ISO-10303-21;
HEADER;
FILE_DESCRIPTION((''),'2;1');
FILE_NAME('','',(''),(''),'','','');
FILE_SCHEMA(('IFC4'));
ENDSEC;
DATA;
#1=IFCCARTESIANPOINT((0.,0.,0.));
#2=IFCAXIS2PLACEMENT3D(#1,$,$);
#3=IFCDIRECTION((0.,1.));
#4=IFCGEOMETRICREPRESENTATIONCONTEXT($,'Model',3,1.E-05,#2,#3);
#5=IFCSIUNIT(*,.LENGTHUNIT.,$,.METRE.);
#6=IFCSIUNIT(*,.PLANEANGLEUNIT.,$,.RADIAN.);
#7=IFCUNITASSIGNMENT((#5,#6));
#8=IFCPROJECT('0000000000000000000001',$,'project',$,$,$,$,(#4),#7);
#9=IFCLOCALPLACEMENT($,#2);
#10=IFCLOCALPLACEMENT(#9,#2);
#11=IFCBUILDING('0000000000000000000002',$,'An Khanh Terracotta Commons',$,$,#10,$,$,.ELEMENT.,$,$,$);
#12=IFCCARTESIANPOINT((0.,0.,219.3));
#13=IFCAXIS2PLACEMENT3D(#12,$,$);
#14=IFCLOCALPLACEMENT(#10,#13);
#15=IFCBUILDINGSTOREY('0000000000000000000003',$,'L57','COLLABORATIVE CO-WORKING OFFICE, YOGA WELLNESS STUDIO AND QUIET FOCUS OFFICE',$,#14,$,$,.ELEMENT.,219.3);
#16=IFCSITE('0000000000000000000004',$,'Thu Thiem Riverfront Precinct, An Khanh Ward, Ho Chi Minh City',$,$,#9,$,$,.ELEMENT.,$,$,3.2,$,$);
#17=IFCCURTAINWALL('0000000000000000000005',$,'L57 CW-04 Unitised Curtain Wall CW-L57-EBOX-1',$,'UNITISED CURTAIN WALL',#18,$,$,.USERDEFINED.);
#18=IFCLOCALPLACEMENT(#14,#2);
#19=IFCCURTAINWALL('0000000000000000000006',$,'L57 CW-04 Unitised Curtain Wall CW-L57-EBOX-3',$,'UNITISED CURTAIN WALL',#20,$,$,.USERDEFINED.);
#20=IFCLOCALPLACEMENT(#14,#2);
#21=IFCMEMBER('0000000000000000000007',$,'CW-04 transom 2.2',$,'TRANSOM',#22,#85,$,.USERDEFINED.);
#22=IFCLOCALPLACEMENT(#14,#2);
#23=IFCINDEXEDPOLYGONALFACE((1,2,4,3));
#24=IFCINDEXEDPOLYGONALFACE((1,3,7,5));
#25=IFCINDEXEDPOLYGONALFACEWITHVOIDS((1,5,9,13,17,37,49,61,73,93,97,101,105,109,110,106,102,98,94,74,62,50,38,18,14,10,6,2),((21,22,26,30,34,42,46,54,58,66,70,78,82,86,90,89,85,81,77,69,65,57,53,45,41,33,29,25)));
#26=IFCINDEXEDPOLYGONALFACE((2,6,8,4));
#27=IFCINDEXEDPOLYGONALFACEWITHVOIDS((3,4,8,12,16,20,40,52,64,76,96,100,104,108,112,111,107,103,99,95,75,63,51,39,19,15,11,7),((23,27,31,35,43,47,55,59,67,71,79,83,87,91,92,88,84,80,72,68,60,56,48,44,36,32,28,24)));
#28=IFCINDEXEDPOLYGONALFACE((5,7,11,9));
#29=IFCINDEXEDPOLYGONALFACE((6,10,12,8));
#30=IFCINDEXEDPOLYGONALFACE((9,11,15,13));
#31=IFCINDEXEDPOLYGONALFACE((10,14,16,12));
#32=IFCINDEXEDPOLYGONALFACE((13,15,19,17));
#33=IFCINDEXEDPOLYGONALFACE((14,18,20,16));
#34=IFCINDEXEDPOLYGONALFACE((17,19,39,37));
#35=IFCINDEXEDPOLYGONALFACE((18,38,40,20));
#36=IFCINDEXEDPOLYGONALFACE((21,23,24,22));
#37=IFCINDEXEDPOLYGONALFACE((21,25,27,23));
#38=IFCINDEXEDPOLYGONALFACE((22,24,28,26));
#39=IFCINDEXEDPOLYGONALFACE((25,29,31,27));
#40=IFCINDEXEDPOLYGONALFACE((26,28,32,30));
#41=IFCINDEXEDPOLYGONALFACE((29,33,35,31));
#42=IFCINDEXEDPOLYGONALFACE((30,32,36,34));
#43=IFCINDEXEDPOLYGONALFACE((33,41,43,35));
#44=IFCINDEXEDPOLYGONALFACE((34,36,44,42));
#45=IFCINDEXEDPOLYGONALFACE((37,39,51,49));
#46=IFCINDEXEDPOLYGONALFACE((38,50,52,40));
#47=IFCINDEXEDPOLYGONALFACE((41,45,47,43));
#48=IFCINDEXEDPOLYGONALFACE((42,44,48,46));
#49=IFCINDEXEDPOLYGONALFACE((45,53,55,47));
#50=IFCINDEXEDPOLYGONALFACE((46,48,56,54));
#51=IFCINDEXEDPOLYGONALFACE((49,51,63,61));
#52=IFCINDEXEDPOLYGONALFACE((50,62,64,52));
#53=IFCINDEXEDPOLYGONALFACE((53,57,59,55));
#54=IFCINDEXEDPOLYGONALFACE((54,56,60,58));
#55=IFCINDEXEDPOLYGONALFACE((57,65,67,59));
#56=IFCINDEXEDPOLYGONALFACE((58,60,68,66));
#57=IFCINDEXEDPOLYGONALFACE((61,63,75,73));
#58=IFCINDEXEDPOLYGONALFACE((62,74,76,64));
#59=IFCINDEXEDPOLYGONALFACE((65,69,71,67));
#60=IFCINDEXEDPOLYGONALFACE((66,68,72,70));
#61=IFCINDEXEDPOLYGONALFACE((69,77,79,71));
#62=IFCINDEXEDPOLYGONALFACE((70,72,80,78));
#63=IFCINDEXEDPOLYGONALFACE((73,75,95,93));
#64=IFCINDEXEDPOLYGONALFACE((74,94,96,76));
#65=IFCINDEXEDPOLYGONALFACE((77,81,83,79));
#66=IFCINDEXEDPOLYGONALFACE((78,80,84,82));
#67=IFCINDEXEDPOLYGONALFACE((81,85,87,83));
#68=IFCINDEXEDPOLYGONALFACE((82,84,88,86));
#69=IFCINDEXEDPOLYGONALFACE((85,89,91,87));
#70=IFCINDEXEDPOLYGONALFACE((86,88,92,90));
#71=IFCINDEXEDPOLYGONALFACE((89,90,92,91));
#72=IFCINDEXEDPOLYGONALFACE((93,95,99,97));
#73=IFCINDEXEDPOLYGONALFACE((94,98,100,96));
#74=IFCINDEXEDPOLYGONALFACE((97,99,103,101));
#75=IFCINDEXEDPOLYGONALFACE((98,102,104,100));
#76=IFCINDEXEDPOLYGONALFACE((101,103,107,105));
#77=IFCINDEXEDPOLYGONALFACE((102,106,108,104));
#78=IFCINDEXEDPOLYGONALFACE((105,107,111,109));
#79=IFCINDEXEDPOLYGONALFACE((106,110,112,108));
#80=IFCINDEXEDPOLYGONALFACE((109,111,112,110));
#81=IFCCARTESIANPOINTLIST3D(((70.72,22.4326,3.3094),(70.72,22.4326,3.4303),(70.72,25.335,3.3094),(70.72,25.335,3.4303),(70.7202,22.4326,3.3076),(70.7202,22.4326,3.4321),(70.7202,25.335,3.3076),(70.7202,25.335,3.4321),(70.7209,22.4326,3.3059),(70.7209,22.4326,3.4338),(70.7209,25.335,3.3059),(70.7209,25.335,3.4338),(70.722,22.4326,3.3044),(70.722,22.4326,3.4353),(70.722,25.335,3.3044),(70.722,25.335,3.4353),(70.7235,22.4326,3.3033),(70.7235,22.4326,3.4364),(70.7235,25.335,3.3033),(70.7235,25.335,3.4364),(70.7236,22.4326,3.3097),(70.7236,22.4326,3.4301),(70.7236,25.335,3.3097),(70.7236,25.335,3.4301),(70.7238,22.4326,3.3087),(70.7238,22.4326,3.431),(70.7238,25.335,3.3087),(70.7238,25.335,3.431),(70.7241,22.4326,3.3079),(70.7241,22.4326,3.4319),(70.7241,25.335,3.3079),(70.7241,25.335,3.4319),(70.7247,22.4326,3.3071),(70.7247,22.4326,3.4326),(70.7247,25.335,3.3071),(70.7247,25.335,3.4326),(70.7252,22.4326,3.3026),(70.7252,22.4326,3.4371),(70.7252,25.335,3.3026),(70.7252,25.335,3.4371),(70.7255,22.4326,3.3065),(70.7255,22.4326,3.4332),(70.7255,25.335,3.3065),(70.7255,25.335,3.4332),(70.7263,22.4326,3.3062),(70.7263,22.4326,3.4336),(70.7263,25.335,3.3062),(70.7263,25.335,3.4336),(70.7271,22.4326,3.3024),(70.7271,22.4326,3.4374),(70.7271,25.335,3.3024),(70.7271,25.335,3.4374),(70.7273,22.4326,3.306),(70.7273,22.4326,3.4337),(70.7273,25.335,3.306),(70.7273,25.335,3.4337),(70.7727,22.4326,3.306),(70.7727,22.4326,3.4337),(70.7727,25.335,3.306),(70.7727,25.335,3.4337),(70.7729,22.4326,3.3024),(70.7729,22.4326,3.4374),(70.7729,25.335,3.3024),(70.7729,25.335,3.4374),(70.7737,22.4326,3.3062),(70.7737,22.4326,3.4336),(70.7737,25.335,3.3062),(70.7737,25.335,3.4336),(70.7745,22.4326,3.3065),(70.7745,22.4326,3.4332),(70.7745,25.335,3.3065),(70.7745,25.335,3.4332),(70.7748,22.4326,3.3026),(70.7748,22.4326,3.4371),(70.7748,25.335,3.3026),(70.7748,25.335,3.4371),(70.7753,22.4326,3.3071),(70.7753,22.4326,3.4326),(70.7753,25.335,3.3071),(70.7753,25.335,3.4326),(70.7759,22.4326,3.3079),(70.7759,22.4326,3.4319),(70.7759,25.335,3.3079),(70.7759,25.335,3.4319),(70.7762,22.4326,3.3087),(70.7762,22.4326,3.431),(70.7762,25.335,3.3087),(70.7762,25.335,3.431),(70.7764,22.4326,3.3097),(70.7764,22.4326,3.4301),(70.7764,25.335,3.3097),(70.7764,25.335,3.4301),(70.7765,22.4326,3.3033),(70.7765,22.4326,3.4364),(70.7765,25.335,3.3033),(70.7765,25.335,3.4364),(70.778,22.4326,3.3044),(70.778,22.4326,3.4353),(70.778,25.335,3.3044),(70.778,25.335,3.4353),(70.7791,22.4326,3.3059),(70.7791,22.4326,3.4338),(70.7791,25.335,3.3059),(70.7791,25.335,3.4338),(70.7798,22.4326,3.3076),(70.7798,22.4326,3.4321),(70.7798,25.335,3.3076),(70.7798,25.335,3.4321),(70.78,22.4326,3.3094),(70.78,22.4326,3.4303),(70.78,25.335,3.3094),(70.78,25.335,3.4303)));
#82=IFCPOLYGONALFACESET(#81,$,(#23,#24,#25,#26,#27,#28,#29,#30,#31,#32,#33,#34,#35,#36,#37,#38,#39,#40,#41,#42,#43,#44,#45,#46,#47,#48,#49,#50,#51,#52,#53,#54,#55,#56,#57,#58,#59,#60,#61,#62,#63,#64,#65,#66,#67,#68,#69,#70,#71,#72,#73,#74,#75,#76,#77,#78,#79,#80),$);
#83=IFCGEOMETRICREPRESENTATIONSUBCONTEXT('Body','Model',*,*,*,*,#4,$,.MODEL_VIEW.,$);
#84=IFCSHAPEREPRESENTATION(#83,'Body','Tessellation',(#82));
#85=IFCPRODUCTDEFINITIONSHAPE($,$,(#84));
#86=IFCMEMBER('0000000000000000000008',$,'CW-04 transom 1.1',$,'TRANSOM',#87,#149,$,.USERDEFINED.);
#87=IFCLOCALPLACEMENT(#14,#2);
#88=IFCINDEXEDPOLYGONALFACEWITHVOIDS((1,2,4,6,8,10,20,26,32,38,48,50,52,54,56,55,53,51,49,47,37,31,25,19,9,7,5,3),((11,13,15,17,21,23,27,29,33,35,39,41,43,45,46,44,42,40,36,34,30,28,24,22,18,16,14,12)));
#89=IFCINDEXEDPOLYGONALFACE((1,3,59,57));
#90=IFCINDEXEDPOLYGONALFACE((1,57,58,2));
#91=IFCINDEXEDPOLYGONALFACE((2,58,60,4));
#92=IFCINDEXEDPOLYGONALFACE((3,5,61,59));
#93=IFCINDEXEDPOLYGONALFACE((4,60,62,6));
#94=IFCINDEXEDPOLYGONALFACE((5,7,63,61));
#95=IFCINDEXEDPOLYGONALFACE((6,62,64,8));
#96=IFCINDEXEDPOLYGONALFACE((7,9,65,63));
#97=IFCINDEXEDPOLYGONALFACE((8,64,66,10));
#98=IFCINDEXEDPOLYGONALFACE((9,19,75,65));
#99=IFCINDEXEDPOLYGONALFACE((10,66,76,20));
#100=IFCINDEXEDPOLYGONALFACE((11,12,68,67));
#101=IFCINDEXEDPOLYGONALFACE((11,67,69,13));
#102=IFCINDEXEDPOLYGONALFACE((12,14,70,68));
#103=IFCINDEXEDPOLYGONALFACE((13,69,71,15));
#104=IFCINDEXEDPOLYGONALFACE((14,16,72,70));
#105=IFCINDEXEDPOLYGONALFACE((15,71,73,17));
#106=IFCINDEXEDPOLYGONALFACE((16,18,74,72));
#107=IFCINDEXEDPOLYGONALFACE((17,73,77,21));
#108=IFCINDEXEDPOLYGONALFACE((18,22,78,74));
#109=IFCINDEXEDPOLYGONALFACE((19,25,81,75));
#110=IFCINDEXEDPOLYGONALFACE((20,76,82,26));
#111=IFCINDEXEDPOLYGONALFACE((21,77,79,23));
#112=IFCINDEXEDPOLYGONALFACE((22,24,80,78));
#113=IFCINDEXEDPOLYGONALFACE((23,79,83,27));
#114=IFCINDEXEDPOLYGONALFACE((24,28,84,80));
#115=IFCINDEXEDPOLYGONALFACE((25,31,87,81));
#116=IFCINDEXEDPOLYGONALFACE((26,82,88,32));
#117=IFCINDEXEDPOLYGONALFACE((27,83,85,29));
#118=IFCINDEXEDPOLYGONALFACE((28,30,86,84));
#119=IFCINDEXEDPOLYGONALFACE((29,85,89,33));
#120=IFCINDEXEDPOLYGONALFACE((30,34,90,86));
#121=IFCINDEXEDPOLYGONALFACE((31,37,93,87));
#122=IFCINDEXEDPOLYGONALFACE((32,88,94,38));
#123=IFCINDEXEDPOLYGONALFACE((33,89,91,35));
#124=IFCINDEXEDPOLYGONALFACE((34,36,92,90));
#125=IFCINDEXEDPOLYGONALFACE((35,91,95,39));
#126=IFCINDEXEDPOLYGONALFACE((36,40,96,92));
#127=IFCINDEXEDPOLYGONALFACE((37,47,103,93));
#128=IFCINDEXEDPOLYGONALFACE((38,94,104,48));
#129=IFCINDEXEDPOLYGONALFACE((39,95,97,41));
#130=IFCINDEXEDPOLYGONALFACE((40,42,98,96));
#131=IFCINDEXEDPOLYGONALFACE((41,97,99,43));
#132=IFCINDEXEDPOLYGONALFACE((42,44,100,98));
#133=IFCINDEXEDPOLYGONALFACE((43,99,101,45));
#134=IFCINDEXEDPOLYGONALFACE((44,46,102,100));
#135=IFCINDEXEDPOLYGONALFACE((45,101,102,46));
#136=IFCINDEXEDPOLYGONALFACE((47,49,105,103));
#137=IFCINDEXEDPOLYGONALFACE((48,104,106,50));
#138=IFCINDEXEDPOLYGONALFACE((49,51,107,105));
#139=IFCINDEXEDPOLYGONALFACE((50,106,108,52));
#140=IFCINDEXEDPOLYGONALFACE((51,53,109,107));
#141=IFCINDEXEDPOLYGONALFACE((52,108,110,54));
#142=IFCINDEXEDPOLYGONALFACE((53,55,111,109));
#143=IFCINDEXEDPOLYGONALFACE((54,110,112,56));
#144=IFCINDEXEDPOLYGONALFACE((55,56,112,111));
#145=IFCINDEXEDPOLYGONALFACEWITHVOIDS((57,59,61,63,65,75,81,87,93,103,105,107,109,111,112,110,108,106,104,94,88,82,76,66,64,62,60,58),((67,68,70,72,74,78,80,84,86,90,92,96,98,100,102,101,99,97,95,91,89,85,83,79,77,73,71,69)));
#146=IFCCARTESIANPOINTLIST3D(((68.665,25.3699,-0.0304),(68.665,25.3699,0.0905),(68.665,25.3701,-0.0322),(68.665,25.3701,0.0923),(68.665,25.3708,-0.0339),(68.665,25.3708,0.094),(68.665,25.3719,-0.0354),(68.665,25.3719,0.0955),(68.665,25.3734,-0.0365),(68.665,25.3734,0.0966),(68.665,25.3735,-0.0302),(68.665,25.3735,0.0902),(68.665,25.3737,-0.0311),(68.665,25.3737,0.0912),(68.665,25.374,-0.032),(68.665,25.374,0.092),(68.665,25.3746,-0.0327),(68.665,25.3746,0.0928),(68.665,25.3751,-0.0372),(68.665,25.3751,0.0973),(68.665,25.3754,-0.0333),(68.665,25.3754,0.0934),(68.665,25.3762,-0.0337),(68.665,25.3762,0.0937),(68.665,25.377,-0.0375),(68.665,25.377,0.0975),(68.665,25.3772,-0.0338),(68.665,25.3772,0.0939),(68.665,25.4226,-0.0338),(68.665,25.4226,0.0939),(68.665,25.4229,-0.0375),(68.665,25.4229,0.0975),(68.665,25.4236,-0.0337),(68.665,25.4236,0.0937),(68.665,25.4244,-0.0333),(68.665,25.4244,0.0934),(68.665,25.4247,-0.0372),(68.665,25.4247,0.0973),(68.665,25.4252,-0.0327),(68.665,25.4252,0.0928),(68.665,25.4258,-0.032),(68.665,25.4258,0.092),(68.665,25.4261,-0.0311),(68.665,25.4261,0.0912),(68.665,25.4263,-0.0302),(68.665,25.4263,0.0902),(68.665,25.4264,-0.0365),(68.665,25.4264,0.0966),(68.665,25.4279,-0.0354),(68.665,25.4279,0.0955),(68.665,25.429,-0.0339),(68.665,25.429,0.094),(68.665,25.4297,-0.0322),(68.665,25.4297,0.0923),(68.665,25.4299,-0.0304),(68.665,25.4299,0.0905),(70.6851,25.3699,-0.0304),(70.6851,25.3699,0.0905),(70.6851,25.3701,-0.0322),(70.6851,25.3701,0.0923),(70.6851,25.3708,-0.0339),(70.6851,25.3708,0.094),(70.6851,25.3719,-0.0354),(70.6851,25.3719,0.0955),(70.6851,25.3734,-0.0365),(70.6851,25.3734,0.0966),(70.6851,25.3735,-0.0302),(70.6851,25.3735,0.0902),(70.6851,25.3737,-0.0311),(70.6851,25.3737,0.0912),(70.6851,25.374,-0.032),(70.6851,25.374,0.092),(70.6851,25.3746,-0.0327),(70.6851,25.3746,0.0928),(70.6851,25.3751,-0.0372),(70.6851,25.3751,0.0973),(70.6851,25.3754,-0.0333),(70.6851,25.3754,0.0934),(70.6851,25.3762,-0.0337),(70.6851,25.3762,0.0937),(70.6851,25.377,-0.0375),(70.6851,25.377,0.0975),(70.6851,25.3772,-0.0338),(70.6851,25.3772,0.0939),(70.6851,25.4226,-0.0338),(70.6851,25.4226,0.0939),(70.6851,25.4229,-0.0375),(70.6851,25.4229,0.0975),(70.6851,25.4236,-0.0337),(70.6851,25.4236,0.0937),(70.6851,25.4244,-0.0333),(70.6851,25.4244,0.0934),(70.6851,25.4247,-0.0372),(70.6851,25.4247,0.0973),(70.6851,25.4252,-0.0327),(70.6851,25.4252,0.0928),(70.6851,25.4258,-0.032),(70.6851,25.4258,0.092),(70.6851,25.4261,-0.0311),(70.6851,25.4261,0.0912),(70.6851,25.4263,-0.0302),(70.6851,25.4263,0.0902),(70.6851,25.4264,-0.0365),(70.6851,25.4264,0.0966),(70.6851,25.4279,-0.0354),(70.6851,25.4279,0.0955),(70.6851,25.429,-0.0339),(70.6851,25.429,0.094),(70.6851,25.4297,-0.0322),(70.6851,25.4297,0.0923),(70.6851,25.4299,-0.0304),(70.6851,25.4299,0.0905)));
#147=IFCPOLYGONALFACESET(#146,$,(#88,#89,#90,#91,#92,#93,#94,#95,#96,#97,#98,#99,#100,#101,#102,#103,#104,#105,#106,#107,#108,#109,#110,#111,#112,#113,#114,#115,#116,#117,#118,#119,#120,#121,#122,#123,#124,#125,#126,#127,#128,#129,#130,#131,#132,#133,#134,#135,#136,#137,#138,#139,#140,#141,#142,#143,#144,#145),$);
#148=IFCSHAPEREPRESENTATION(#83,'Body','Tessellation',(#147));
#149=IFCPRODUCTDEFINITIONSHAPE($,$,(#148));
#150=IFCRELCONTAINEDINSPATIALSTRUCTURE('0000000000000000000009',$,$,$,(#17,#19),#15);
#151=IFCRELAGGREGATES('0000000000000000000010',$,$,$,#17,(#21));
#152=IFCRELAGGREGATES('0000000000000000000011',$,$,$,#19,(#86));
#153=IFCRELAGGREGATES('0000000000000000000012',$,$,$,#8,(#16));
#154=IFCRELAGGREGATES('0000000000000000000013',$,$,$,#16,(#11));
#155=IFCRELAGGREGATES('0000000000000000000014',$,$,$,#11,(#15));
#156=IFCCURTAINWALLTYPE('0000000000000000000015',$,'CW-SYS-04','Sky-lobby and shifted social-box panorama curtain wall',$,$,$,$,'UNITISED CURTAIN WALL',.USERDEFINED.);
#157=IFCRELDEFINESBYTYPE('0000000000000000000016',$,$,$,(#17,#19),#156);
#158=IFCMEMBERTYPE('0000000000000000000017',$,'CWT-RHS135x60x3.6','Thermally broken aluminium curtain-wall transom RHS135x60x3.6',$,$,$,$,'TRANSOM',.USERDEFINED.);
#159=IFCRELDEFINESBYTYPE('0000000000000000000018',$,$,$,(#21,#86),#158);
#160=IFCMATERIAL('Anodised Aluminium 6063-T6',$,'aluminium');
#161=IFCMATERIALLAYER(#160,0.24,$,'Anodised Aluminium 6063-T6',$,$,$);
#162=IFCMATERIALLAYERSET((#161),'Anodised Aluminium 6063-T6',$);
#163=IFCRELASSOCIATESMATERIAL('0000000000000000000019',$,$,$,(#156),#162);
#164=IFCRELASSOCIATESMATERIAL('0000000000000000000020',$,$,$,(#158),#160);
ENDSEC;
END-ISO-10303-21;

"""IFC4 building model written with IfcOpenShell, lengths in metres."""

from ifc_helpers import new_model, si_unit, direction, frame, origin, origin_2d, place, context, subcontext, project, spatial, hollow_rectangle, extrude, material, layer, layer_set, material_profile, profile_set, type_object, element, aggregate, save


model = new_model("IFC4")

# Units and contexts
model_context = context("Model", 3, precision=1e-05, world=origin(), true_north=direction((0.0, 1.0)))
body_context = subcontext(model_context, "Body", "Model", "MODEL_VIEW")
ifc_project = project(units=[si_unit("LENGTHUNIT", "METRE"), si_unit("PLANEANGLEUNIT", "RADIAN")], contexts=[model_context])

# Site, building, storey
site_placement = place(None, origin())
site = spatial("IfcSite", under=ifc_project, at=site_placement, Name="Thu Thiem Riverfront Precinct, An Khanh Ward, Ho Chi Minh City", CompositionType="ELEMENT", RefElevation=3.2)
building_placement = place(site_placement, origin())
building = spatial("IfcBuilding", under=site, at=building_placement, Name="An Khanh Terracotta Commons", CompositionType="ELEMENT")
storey_placement = place(building_placement, frame((0.0, 0.0, 219.3)))
storey = spatial("IfcBuildingStorey", under=building, at=storey_placement, Name="L57", Description="COLLABORATIVE CO-WORKING OFFICE, YOGA WELLNESS STUDIO AND QUIET FOCUS OFFICE", CompositionType="ELEMENT", Elevation=219.3)

# Curtain wall
ifc_material_1 = material(Name="Anodised Aluminium 6063-T6", Category="aluminium")
ifc_layer_1 = layer(ifc_material_1, 0.24, Name="Anodised Aluminium 6063-T6")
ifc_layer_set_1 = layer_set([ifc_layer_1], Name="Anodised Aluminium 6063-T6")
curtain_wall_type_1 = type_object("IfcCurtainWallType", Name="CW-SYS-04", Description="Sky-lobby and shifted social-box panorama curtain wall", ElementType="UNITISED CURTAIN WALL", PredefinedType="USERDEFINED", material=ifc_layer_set_1)
curtain_wall_1_placement = place(storey_placement, origin())
curtain_wall_1 = element("IfcCurtainWall", 1, at=curtain_wall_1_placement, inside=storey, type_object=curtain_wall_type_1, Name="L57 CW-04 Unitised Curtain Wall CW-L57-EBOX-1", ObjectType="UNITISED CURTAIN WALL", PredefinedType="USERDEFINED")

# Curtain wall
curtain_wall_2_placement = place(storey_placement, origin())
curtain_wall_2 = element("IfcCurtainWall", 2, at=curtain_wall_2_placement, inside=storey, type_object=curtain_wall_type_1, Name="L57 CW-04 Unitised Curtain Wall CW-L57-EBOX-3", ObjectType="UNITISED CURTAIN WALL", PredefinedType="USERDEFINED")

# Members
ifc_material_profile_1 = material_profile(ifc_material_1, hollow_rectangle(XDim=0.0601, YDim=0.135, WallThickness=0.0037, InnerFilletRadius=0.0037, OuterFilletRadius=0.0071, at=origin_2d()), Name="RHS135x60x3.6")
ifc_profile_set_1 = profile_set([ifc_material_profile_1], Name="Anodised Aluminium 6063-T6")
member_type_1 = type_object("IfcMemberType", Name="CWT-RHS135x60x3.6", Description="Thermally broken aluminium curtain-wall transom RHS135x60x3.6", ElementType="TRANSOM", PredefinedType="USERDEFINED", material=ifc_profile_set_1)
member_1_placement = place(storey_placement, frame((70.75, 22.4326, 3.3699), z_axis=(0.0, 1.0, 0.0), x_axis=(-1.0, 0.0, 0.0)))
member_1 = element("IfcMember", 3, at=member_1_placement, type_object=member_type_1, Name="CW-04 transom 2.2", ObjectType="TRANSOM", PredefinedType="USERDEFINED", context=body_context, shape_type="SweptSolid", body=[
    extrude(hollow_rectangle(XDim=0.0601, YDim=0.135, WallThickness=0.0037, InnerFilletRadius=0.0037, OuterFilletRadius=0.0071, at=origin_2d()), origin(), (0.0, 0.0, 1.0), 2.9023),
])
member_2_placement = place(storey_placement, frame((70.6851, 25.3999, 0.03), z_axis=(-1.0, 0.0, 0.0), x_axis=(0.0, -1.0, 0.0)))
member_2 = element("IfcMember", 4, at=member_2_placement, type_object=member_type_1, Name="CW-04 transom 1.1", ObjectType="TRANSOM", PredefinedType="USERDEFINED", context=body_context, shape_type="SweptSolid", body=[
    extrude(hollow_rectangle(XDim=0.0601, YDim=0.135, WallThickness=0.0037, InnerFilletRadius=0.0037, OuterFilletRadius=0.0071, at=origin_2d()), origin(), (0.0, 0.0, 1.0), 2.02),
])

aggregate(curtain_wall_1, [member_1])
aggregate(curtain_wall_2, [member_2])

save(model, "model.ifc")
